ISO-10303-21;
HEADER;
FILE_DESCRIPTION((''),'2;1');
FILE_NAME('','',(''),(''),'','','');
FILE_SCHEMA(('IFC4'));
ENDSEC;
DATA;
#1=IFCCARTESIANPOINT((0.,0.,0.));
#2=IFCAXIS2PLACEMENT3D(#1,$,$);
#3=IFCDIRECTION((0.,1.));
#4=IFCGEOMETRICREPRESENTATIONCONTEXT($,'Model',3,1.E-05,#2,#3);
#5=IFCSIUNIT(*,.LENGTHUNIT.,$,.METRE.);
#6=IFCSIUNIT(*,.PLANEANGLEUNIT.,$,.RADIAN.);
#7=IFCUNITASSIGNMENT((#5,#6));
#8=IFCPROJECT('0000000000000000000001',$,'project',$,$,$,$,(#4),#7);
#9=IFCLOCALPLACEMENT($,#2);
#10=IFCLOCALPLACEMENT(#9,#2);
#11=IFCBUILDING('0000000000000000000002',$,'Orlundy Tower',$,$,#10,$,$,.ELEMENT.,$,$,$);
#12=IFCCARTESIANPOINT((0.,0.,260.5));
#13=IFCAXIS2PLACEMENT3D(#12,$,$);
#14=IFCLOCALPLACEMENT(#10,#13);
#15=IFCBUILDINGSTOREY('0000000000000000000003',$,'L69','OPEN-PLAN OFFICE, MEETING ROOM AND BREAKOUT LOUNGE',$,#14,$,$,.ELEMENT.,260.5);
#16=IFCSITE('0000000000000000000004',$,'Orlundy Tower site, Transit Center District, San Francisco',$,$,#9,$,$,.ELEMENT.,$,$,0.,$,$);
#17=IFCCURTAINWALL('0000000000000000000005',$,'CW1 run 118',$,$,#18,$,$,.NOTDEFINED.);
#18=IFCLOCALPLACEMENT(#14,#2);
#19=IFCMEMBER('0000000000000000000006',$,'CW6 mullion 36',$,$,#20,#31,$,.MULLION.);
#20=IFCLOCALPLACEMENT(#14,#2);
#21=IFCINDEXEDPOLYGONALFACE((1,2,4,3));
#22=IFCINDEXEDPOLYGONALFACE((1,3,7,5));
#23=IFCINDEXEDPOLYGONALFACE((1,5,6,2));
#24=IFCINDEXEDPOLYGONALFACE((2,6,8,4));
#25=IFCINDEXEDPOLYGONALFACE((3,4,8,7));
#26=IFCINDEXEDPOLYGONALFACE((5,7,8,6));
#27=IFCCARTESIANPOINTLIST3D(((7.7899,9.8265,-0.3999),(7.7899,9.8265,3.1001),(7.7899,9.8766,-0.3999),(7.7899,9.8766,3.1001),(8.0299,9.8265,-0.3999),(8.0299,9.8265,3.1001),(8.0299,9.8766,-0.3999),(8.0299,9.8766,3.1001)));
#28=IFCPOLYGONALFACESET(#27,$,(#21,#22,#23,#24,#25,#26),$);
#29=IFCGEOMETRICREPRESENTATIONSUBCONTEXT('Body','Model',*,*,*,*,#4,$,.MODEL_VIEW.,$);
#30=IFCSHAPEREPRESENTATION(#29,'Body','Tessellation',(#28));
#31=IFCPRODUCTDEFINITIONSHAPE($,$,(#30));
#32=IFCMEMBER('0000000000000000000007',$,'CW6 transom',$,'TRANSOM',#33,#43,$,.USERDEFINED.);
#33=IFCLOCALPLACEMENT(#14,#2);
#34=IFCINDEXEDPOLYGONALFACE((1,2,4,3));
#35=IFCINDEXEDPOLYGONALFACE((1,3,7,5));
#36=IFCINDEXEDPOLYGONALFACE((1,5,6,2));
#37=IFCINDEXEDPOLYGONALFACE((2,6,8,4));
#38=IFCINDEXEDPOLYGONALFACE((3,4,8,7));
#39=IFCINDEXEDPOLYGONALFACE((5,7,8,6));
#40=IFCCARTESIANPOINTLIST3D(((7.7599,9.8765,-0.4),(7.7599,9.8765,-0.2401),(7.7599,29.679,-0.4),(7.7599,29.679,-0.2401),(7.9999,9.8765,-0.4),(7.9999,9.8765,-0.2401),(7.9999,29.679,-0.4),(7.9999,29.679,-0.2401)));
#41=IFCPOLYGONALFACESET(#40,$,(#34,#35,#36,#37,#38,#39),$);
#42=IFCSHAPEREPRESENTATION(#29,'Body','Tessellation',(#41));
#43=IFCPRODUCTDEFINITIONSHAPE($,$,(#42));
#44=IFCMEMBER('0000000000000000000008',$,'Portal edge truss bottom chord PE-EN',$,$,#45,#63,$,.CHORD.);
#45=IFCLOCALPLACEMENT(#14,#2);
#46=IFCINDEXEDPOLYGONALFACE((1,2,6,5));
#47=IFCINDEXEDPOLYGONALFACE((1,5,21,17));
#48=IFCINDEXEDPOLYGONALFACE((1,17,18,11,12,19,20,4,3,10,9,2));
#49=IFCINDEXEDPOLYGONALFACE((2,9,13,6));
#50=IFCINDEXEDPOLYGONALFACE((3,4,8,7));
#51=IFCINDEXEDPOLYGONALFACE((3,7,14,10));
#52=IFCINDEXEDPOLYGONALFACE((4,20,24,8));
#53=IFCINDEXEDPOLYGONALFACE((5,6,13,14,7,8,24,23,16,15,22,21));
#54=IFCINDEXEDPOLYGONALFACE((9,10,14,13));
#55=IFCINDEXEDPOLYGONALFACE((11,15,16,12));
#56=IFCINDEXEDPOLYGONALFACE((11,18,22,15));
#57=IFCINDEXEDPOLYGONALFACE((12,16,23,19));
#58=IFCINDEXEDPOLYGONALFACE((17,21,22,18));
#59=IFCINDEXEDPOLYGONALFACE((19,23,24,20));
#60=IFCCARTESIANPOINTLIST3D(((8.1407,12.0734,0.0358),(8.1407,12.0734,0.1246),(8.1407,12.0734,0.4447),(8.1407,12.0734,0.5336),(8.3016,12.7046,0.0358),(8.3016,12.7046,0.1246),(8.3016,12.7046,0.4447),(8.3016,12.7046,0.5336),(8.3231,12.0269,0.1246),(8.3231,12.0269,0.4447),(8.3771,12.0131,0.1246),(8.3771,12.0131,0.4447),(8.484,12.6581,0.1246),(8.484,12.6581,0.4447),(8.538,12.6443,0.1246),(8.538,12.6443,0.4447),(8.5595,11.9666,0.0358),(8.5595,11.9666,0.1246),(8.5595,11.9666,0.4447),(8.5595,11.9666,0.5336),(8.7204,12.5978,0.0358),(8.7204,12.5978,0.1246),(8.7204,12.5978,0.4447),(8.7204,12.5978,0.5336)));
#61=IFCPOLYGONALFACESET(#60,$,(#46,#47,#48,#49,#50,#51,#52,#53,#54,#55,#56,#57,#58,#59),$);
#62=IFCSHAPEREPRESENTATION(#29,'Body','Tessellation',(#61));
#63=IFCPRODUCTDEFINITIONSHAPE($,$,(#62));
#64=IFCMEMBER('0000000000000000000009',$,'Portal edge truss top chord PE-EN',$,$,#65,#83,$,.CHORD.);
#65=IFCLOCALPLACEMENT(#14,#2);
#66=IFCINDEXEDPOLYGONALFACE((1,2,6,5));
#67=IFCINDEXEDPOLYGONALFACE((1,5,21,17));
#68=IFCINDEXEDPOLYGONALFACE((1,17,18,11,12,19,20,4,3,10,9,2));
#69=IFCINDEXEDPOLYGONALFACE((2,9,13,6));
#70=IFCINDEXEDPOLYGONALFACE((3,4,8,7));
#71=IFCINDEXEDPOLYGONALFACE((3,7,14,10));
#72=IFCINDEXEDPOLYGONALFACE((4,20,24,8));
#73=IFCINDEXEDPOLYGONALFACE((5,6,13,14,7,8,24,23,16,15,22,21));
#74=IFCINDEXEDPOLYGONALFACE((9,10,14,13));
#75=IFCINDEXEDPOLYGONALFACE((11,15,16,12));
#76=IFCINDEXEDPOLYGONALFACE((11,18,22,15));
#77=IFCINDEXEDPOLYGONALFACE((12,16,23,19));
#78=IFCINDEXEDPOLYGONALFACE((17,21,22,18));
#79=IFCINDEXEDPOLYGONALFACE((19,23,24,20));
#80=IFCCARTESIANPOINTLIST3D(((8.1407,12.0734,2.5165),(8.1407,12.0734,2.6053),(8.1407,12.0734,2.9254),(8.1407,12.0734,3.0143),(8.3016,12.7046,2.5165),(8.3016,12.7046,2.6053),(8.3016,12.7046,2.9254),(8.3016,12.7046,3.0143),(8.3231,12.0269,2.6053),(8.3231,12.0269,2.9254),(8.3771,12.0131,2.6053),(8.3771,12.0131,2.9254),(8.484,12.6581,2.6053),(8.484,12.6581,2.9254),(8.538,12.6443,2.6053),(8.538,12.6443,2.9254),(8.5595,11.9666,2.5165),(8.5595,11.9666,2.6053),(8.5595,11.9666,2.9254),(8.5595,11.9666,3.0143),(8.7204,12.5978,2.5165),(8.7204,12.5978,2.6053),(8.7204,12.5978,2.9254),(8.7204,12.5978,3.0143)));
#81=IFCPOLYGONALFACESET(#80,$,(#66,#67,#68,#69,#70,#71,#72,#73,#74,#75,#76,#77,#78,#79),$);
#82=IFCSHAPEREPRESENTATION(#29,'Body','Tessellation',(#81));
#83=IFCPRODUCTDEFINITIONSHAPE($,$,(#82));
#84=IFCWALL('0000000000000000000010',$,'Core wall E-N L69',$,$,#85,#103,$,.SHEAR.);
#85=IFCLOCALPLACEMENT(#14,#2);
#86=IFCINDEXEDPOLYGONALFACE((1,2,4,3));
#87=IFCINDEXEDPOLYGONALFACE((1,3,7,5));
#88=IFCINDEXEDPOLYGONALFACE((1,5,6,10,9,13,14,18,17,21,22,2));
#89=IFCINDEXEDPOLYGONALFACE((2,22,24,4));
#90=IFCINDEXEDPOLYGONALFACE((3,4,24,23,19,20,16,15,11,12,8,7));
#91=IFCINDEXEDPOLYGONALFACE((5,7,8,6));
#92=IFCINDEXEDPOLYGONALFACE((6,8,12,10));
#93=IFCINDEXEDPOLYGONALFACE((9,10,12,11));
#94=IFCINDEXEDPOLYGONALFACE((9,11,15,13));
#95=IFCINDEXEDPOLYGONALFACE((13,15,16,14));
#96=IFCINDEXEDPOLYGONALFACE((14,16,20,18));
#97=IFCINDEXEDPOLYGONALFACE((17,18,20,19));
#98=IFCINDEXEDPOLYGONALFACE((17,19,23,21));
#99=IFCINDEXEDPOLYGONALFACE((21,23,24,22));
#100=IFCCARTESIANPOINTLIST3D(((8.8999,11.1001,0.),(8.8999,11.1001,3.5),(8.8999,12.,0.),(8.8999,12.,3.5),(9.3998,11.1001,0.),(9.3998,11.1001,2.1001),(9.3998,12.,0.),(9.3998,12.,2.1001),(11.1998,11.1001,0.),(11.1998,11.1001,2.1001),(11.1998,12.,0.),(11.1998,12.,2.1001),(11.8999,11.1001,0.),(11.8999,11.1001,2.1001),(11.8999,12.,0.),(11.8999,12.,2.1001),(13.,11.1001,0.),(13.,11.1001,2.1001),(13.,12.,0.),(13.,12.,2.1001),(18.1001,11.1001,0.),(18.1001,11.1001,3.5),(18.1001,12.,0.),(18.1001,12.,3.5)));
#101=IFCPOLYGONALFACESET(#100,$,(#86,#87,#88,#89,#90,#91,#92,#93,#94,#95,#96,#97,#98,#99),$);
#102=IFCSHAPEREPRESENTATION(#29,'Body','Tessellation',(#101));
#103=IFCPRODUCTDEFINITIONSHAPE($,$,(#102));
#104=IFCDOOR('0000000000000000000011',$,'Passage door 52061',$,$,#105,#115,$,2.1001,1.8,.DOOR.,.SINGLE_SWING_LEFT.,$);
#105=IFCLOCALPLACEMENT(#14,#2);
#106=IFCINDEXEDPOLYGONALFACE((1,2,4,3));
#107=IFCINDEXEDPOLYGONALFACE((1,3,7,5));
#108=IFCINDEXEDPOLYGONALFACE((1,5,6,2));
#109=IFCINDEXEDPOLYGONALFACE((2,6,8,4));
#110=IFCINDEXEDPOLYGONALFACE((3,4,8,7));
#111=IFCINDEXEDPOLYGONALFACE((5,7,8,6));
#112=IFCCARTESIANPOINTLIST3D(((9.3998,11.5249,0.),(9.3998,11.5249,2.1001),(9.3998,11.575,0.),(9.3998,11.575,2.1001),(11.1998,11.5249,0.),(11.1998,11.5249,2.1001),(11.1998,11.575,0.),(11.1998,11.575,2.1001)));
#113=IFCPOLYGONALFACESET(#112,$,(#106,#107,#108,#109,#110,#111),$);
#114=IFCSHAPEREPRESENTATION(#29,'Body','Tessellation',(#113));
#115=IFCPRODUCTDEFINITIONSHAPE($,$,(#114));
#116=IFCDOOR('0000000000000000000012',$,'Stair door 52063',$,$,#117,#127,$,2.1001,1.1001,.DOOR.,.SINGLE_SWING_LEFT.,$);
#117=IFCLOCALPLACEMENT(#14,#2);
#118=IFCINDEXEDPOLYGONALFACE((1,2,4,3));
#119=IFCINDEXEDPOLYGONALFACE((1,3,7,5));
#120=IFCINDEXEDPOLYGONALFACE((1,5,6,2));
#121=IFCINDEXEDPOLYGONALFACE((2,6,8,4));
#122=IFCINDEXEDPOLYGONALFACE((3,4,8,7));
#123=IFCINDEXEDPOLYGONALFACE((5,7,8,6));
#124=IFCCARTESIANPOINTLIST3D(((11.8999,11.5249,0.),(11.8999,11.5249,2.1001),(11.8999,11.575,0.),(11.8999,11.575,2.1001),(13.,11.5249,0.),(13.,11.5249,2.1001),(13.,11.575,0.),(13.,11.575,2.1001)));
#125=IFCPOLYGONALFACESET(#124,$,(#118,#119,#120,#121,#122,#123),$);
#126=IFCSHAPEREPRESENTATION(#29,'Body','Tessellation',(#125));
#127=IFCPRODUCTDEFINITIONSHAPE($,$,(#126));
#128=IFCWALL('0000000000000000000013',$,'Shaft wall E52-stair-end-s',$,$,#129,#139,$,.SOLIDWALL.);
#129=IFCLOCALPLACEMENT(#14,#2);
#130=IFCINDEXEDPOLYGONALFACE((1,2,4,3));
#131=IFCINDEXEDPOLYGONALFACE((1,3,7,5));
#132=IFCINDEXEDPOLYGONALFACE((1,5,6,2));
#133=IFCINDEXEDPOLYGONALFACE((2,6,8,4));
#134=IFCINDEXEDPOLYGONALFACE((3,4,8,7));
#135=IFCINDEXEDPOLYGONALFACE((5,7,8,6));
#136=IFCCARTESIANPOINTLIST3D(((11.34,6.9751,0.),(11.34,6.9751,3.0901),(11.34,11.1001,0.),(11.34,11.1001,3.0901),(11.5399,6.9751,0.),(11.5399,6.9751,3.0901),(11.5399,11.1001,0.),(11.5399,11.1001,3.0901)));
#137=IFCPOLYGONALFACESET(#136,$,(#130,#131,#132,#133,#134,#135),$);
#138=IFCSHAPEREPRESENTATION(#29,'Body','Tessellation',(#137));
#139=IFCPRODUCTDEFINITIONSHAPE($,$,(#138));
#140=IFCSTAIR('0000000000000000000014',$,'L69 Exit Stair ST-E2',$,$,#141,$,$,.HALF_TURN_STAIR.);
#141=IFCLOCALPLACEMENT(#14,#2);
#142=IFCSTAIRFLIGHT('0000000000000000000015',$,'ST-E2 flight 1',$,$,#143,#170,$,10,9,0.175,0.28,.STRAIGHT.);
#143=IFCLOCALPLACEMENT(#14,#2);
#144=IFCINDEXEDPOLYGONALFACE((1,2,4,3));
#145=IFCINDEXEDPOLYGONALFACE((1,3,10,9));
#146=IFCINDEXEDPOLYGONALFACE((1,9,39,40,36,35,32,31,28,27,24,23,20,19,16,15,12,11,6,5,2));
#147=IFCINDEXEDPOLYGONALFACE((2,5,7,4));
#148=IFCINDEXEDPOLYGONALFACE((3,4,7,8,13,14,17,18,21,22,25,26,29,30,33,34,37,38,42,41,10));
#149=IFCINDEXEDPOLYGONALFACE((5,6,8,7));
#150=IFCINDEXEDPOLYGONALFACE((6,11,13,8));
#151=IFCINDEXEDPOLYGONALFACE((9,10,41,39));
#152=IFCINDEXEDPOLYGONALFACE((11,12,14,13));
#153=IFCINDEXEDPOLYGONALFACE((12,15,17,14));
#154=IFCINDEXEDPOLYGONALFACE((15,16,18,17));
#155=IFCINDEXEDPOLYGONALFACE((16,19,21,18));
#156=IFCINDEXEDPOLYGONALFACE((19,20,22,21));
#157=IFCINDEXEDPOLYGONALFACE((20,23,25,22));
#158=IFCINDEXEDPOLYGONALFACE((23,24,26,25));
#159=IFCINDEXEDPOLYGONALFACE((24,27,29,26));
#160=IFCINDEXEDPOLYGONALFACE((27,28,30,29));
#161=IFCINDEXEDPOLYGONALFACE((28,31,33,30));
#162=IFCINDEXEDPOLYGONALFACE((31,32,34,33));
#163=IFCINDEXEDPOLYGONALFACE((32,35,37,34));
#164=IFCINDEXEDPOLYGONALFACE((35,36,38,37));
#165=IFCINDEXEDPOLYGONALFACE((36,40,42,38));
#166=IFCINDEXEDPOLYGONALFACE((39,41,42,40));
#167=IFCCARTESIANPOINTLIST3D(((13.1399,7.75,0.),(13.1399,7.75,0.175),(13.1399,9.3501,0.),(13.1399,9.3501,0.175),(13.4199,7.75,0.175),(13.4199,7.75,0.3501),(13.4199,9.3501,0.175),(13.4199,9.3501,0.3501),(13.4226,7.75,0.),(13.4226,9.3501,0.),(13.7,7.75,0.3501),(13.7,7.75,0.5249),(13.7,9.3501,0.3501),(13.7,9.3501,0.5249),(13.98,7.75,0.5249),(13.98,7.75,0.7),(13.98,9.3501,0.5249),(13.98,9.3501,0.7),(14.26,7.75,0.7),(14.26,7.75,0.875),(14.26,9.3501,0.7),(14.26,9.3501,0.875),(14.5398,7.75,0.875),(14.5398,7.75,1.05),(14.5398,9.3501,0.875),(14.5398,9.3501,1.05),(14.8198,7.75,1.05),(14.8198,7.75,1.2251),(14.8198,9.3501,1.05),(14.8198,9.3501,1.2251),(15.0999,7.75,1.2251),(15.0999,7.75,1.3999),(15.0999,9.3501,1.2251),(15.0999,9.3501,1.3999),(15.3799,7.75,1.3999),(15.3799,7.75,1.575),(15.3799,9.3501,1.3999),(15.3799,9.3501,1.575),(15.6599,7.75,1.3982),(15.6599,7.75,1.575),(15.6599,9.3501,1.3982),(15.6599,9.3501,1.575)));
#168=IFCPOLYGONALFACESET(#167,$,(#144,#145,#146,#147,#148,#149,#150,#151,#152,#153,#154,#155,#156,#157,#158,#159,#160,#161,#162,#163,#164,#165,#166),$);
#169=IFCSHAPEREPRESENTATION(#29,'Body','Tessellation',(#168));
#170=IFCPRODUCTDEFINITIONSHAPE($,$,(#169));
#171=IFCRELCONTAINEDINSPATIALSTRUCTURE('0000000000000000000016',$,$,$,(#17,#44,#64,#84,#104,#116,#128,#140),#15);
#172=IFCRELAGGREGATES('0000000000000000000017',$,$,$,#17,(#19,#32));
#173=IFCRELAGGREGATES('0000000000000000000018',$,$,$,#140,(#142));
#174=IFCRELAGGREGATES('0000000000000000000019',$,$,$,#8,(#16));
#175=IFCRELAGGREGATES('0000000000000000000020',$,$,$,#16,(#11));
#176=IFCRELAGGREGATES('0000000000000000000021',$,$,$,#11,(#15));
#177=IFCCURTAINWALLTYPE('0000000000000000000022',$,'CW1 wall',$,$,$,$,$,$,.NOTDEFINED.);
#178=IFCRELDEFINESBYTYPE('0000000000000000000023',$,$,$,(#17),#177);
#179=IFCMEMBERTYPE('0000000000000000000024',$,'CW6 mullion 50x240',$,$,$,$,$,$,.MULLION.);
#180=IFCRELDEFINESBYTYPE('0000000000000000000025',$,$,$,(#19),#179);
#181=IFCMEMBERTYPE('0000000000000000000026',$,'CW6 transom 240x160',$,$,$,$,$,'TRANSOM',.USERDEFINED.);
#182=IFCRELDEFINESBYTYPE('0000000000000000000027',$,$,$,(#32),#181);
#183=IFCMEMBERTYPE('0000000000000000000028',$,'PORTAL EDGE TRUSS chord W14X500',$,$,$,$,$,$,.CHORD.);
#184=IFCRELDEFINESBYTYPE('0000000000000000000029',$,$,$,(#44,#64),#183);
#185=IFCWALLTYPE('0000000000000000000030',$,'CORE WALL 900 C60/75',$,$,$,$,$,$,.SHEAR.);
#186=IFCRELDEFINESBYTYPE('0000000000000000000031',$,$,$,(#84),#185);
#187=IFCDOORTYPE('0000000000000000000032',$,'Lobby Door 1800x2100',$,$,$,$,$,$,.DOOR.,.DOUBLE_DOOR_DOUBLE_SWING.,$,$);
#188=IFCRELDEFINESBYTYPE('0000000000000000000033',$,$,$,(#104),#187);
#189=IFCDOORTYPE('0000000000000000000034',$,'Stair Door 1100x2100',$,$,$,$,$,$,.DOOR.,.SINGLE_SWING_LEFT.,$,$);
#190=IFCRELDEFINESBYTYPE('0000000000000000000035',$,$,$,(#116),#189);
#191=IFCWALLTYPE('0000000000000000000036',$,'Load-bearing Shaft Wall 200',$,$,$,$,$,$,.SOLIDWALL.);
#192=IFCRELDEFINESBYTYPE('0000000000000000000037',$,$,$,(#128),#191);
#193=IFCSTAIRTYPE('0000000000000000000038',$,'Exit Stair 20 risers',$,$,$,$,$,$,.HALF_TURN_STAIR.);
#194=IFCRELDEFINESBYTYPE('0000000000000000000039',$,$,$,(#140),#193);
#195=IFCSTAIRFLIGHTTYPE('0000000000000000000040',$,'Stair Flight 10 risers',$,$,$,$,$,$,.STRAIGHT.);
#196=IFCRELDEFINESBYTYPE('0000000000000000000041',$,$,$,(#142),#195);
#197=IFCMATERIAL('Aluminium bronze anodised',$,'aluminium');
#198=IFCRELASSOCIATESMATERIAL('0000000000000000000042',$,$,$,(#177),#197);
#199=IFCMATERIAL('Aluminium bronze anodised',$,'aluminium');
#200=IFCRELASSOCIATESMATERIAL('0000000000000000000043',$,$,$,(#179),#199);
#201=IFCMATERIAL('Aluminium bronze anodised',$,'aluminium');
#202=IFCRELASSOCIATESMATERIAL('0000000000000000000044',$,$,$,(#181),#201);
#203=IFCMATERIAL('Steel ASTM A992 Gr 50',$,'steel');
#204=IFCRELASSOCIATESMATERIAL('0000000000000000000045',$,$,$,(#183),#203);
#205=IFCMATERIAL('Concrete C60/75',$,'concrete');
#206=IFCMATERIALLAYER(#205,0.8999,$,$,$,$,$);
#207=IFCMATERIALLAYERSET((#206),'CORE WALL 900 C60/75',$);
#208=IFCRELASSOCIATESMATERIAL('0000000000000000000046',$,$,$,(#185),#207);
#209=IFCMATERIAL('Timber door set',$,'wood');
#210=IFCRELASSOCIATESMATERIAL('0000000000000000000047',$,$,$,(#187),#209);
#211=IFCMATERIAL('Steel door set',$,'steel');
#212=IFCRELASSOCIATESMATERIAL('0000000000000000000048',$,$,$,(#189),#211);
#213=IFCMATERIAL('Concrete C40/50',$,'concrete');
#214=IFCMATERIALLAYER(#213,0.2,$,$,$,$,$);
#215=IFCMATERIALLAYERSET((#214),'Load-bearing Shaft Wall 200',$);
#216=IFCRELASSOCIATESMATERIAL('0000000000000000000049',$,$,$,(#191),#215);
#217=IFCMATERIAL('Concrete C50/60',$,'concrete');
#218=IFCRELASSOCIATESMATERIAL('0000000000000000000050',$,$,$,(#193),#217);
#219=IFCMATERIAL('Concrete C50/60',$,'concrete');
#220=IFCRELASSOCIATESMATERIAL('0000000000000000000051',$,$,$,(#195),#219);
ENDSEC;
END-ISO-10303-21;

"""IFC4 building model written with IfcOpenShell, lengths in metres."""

from ifc_helpers import new_model, si_unit, direction, frame, frame_2d, origin, origin_2d, place, context, subcontext, project, spatial, polyline, rectangle, i_section, outline, extrude, material, layer, layer_set, material_profile, profile_set, type_object, element, fill, aggregate, save


model = new_model("IFC4")

# Units and contexts
model_context = context("Model", 3, precision=1e-05, world=origin(), true_north=direction((0.0, 1.0)))
body_context = subcontext(model_context, "Body", "Model", "MODEL_VIEW")
ifc_project = project(units=[si_unit("LENGTHUNIT", "METRE"), si_unit("PLANEANGLEUNIT", "RADIAN")], contexts=[model_context])

# Site, building, storey
site_placement = place(None, origin())
site = spatial("IfcSite", under=ifc_project, at=site_placement, Name="Orlundy Tower site, Transit Center District, San Francisco", CompositionType="ELEMENT", RefElevation=0.0)
building_placement = place(site_placement, origin())
building = spatial("IfcBuilding", under=site, at=building_placement, Name="Orlundy Tower", CompositionType="ELEMENT")
storey_placement = place(building_placement, frame((0.0, 0.0, 260.5)))
storey = spatial("IfcBuildingStorey", under=building, at=storey_placement, Name="L69", Description="OPEN-PLAN OFFICE, MEETING ROOM AND BREAKOUT LOUNGE", CompositionType="ELEMENT", Elevation=260.5)

# Curtain wall, members
ifc_material_1 = material(Name="Aluminium bronze anodised", Category="aluminium")
curtain_wall_type = type_object("IfcCurtainWallType", Name="CW1 wall", PredefinedType="NOTDEFINED", material=ifc_material_1)
curtain_wall_placement = place(storey_placement, origin())
curtain_wall = element("IfcCurtainWall", 1, at=curtain_wall_placement, inside=storey, type_object=curtain_wall_type, Name="CW1 run 118", PredefinedType="NOTDEFINED")
ifc_material_2 = material(Name="Aluminium bronze anodised", Category="aluminium")
ifc_material_profile_1 = material_profile(ifc_material_2, rectangle(XDim=0.24, YDim=0.05, at=origin_2d()), Name="CW6 mullion 50x240")
ifc_profile_set_1 = profile_set([ifc_material_profile_1], Name="Aluminium bronze anodised")
member_type_1 = type_object("IfcMemberType", Name="CW6 mullion 50x240", PredefinedType="MULLION", material=ifc_profile_set_1)
member_1_placement = place(storey_placement, frame((7.9099, 9.8516, -0.3999), z_axis=(0.0, 0.0, 1.0), x_axis=(-1.0, 0.0, 0.0)))
member_1 = element("IfcMember", 2, at=member_1_placement, type_object=member_type_1, Name="CW6 mullion 36", PredefinedType="MULLION", context=body_context, shape_type="SweptSolid", body=[
    extrude(rectangle(XDim=0.24, YDim=0.05, at=origin_2d()), origin(), (0.0, 0.0, 1.0), 3.5),
])
ifc_material_3 = material(Name="Aluminium bronze anodised", Category="aluminium")
ifc_material_profile_2 = material_profile(ifc_material_3, rectangle(XDim=0.24, YDim=0.1599, at=origin_2d()), Name="CW6 transom 240x160")
ifc_profile_set_2 = profile_set([ifc_material_profile_2], Name="Aluminium bronze anodised")
member_type_2 = type_object("IfcMemberType", Name="CW6 transom 240x160", ElementType="TRANSOM", PredefinedType="USERDEFINED", material=ifc_profile_set_2)
member_2_placement = place(storey_placement, frame((7.8799, 9.8765, -0.3201), z_axis=(0.0, 1.0, 0.0), x_axis=(-1.0, 0.0, 0.0)))
member_2 = element("IfcMember", 3, at=member_2_placement, type_object=member_type_2, Name="CW6 transom", ObjectType="TRANSOM", PredefinedType="USERDEFINED", context=body_context, shape_type="SweptSolid", body=[
    extrude(rectangle(XDim=0.24, YDim=0.1599, at=origin_2d()), origin(), (0.0, 0.0, 1.0), 19.8025),
])
aggregate(curtain_wall, [member_1, member_2])

# Members
ifc_material_4 = material(Name="Steel ASTM A992 Gr 50", Category="steel")
ifc_material_profile_3 = material_profile(ifc_material_4, i_section(OverallWidth=0.4321, OverallDepth=0.4978, WebThickness=0.0557, FlangeThickness=0.0889, at=origin_2d()), Name="W14X500")
ifc_profile_set_3 = profile_set([ifc_material_profile_3], Name="Steel ASTM A992 Gr 50")
member_type_3 = type_object("IfcMemberType", Name="PORTAL EDGE TRUSS chord W14X500", PredefinedType="CHORD", material=ifc_profile_set_3)
for number, where, z_axis, x_axis, name in (
    (4, (8.3501, 12.02, 0.2847), (0.247031, 0.969007, 0.0), (-0.969007, 0.247031, 0.0), "Portal edge truss bottom chord PE-EN"),
    (5, (8.3501, 12.02, 2.7654), (0.247031, 0.969007, 0.0), (-0.969007, 0.247031, 0.0), "Portal edge truss top chord PE-EN"),
):
    element("IfcMember", number, at=place(storey_placement, frame(where, z_axis=z_axis, x_axis=x_axis)), inside=storey, type_object=member_type_3, Name=name, PredefinedType="CHORD", context=body_context, shape_type="SweptSolid", body=[
        extrude(i_section(OverallWidth=0.4321, OverallDepth=0.4978, WebThickness=0.0557, FlangeThickness=0.0889, at=origin_2d()), origin(), (0.0, 0.0, 1.0), 0.6514),
    ])

# Wall, openings, doors
ifc_material_5 = material(Name="Concrete C60/75", Category="concrete")
ifc_layer_1 = layer(ifc_material_5, 0.8999)
ifc_layer_set_1 = layer_set([ifc_layer_1], Name="CORE WALL 900 C60/75")
wall_type_1 = type_object("IfcWallType", Name="CORE WALL 900 C60/75", PredefinedType="SHEAR", material=ifc_layer_set_1)
wall_1_placement = place(storey_placement, frame((8.8999, 11.55, 0.0), z_axis=(0.0, 0.0, 1.0), x_axis=(1.0, 0.0, 0.0)))
wall_1 = element("IfcWall", 6, at=wall_1_placement, inside=storey, type_object=wall_type_1, Name="Core wall E-N L69", PredefinedType="SHEAR", context=body_context, shape_type="SweptSolid", body=[
    extrude(rectangle(XDim=9.2002, YDim=0.8999, at=frame_2d((4.6001, 0.0))), origin(), (0.0, 0.0, 1.0), 3.5),
])
opening_1_placement = place(wall_1_placement, frame((0.5, 0.0, 0.0)))
opening_1 = element("IfcOpeningElement", 7, at=opening_1_placement, cuts=wall_1, PredefinedType="OPENING", context=body_context, shape_type="SweptSolid", body=[
    extrude(rectangle(XDim=1.8, YDim=2.1001, at=frame_2d((0.8999, 1.05))), frame((0.0, 0.46, 0.0), z_axis=(0.0, -1.0, 0.0), x_axis=(1.0, 0.0, 0.0)), (0.0, 0.0, 1.0), 0.9199),
])
opening_2_placement = place(wall_1_placement, frame((3.0, 0.0, 0.0)))
opening_2 = element("IfcOpeningElement", 8, at=opening_2_placement, cuts=wall_1, PredefinedType="OPENING", context=body_context, shape_type="SweptSolid", body=[
    extrude(rectangle(XDim=1.1001, YDim=2.1001, at=frame_2d((0.55, 1.05))), frame((0.0, 0.46, 0.0), z_axis=(0.0, -1.0, 0.0), x_axis=(1.0, 0.0, 0.0)), (0.0, 0.0, 1.0), 0.9199),
])
ifc_material_6 = material(Name="Timber door set", Category="wood")
door_type_1 = type_object("IfcDoorType", Name="Lobby Door 1800x2100", OperationType="DOUBLE_DOOR_DOUBLE_SWING", PredefinedType="DOOR", material=ifc_material_6)
door_1_placement = place(opening_1_placement, origin())
door_1 = element("IfcDoor", 9, at=door_1_placement, inside=storey, type_object=door_type_1, Name="Passage door 52061", OperationType="SINGLE_SWING_LEFT", OverallHeight=2.1001, OverallWidth=1.8, PredefinedType="DOOR", context=body_context, shape_type="SweptSolid", body=[
    extrude(rectangle(XDim=1.8, YDim=2.1001, at=frame_2d((0.8999, 1.05))), frame((0.0, 0.0249, 0.0), z_axis=(0.0, -1.0, 0.0), x_axis=(1.0, 0.0, 0.0)), (0.0, 0.0, 1.0), 0.05),
])
fill(opening_1, door_1)
ifc_material_7 = material(Name="Steel door set", Category="steel")
door_type_2 = type_object("IfcDoorType", Name="Stair Door 1100x2100", OperationType="SINGLE_SWING_LEFT", PredefinedType="DOOR", material=ifc_material_7)
door_2_placement = place(opening_2_placement, origin())
door_2 = element("IfcDoor", 10, at=door_2_placement, inside=storey, type_object=door_type_2, Name="Stair door 52063", OperationType="SINGLE_SWING_LEFT", OverallHeight=2.1001, OverallWidth=1.1001, PredefinedType="DOOR", context=body_context, shape_type="SweptSolid", body=[
    extrude(rectangle(XDim=1.1001, YDim=2.1001, at=frame_2d((0.55, 1.05))), frame((0.0, 0.0249, 0.0), z_axis=(0.0, -1.0, 0.0), x_axis=(1.0, 0.0, 0.0)), (0.0, 0.0, 1.0), 0.05),
])
fill(opening_2, door_2)

# Wall
ifc_material_8 = material(Name="Concrete C40/50", Category="concrete")
ifc_layer_2 = layer(ifc_material_8, 0.2)
ifc_layer_set_2 = layer_set([ifc_layer_2], Name="Load-bearing Shaft Wall 200")
wall_type_2 = type_object("IfcWallType", Name="Load-bearing Shaft Wall 200", PredefinedType="SOLIDWALL", material=ifc_layer_set_2)
wall_2_placement = place(storey_placement, frame((11.4399, 11.1001, 0.0), z_axis=(0.0, 0.0, 1.0), x_axis=(0.0, -1.0, 0.0)))
element("IfcWall", 11, at=wall_2_placement, inside=storey, type_object=wall_type_2, Name="Shaft wall E52-stair-end-s", PredefinedType="SOLIDWALL", context=body_context, shape_type="SweptSolid", body=[
    extrude(rectangle(XDim=4.125, YDim=0.2, at=frame_2d((2.0625, 0.0))), origin(), (0.0, 0.0, 1.0), 3.0901),
])

# Stair, stair flight
ifc_material_9 = material(Name="Concrete C50/60", Category="concrete")
stair_type = type_object("IfcStairType", Name="Exit Stair 20 risers", PredefinedType="HALF_TURN_STAIR", material=ifc_material_9)
stair_placement = place(storey_placement, origin())
stair = element("IfcStair", 12, at=stair_placement, inside=storey, type_object=stair_type, Name="L69 Exit Stair ST-E2", PredefinedType="HALF_TURN_STAIR")
ifc_material_10 = material(Name="Concrete C50/60", Category="concrete")
stair_flight_type = type_object("IfcStairFlightType", Name="Stair Flight 10 risers", PredefinedType="STRAIGHT", material=ifc_material_10)
stair_flight_1_placement = place(storey_placement, frame((13.1399, 8.55, 0.0), z_axis=(0.0, 0.0, 1.0), x_axis=(1.0, 0.0, 0.0)))
stair_flight_1 = element("IfcStairFlight", 13, at=stair_flight_1_placement, type_object=stair_flight_type, Name="ST-E2 flight 1", NumberOfRisers=10, NumberOfTreads=9, PredefinedType="STRAIGHT", RiserHeight=0.175, TreadLength=0.28, context=body_context, shape_type="SweptSolid", body=[
    extrude(outline(polyline([(0.0, 0.0), (0.0, 0.175), (0.28, 0.175), (0.28, 0.3501), (0.5601, 0.3501), (0.5601, 0.5249), (0.8401, 0.5249), (0.8401, 0.7), (1.1201, 0.7), (1.1201, 0.875), (1.3999, 0.875), (1.3999, 1.05), (1.6799, 1.05), (1.6799, 1.2251), (1.96, 1.2251), (1.96, 1.3999), (2.24, 1.3999), (2.24, 1.575), (2.52, 1.575), (2.52, 1.75), (2.52, 1.3982), (0.2827, 0.0), (0.0, 0.0)])), frame((0.0, 0.8, 0.0), z_axis=(0.0, -1.0, 0.0), x_axis=(1.0, 0.0, 0.0)), (0.0, 0.0, 1.0), 1.6001),
])
aggregate(stair, [stair_flight_1])

save(model, "model.ifc")
